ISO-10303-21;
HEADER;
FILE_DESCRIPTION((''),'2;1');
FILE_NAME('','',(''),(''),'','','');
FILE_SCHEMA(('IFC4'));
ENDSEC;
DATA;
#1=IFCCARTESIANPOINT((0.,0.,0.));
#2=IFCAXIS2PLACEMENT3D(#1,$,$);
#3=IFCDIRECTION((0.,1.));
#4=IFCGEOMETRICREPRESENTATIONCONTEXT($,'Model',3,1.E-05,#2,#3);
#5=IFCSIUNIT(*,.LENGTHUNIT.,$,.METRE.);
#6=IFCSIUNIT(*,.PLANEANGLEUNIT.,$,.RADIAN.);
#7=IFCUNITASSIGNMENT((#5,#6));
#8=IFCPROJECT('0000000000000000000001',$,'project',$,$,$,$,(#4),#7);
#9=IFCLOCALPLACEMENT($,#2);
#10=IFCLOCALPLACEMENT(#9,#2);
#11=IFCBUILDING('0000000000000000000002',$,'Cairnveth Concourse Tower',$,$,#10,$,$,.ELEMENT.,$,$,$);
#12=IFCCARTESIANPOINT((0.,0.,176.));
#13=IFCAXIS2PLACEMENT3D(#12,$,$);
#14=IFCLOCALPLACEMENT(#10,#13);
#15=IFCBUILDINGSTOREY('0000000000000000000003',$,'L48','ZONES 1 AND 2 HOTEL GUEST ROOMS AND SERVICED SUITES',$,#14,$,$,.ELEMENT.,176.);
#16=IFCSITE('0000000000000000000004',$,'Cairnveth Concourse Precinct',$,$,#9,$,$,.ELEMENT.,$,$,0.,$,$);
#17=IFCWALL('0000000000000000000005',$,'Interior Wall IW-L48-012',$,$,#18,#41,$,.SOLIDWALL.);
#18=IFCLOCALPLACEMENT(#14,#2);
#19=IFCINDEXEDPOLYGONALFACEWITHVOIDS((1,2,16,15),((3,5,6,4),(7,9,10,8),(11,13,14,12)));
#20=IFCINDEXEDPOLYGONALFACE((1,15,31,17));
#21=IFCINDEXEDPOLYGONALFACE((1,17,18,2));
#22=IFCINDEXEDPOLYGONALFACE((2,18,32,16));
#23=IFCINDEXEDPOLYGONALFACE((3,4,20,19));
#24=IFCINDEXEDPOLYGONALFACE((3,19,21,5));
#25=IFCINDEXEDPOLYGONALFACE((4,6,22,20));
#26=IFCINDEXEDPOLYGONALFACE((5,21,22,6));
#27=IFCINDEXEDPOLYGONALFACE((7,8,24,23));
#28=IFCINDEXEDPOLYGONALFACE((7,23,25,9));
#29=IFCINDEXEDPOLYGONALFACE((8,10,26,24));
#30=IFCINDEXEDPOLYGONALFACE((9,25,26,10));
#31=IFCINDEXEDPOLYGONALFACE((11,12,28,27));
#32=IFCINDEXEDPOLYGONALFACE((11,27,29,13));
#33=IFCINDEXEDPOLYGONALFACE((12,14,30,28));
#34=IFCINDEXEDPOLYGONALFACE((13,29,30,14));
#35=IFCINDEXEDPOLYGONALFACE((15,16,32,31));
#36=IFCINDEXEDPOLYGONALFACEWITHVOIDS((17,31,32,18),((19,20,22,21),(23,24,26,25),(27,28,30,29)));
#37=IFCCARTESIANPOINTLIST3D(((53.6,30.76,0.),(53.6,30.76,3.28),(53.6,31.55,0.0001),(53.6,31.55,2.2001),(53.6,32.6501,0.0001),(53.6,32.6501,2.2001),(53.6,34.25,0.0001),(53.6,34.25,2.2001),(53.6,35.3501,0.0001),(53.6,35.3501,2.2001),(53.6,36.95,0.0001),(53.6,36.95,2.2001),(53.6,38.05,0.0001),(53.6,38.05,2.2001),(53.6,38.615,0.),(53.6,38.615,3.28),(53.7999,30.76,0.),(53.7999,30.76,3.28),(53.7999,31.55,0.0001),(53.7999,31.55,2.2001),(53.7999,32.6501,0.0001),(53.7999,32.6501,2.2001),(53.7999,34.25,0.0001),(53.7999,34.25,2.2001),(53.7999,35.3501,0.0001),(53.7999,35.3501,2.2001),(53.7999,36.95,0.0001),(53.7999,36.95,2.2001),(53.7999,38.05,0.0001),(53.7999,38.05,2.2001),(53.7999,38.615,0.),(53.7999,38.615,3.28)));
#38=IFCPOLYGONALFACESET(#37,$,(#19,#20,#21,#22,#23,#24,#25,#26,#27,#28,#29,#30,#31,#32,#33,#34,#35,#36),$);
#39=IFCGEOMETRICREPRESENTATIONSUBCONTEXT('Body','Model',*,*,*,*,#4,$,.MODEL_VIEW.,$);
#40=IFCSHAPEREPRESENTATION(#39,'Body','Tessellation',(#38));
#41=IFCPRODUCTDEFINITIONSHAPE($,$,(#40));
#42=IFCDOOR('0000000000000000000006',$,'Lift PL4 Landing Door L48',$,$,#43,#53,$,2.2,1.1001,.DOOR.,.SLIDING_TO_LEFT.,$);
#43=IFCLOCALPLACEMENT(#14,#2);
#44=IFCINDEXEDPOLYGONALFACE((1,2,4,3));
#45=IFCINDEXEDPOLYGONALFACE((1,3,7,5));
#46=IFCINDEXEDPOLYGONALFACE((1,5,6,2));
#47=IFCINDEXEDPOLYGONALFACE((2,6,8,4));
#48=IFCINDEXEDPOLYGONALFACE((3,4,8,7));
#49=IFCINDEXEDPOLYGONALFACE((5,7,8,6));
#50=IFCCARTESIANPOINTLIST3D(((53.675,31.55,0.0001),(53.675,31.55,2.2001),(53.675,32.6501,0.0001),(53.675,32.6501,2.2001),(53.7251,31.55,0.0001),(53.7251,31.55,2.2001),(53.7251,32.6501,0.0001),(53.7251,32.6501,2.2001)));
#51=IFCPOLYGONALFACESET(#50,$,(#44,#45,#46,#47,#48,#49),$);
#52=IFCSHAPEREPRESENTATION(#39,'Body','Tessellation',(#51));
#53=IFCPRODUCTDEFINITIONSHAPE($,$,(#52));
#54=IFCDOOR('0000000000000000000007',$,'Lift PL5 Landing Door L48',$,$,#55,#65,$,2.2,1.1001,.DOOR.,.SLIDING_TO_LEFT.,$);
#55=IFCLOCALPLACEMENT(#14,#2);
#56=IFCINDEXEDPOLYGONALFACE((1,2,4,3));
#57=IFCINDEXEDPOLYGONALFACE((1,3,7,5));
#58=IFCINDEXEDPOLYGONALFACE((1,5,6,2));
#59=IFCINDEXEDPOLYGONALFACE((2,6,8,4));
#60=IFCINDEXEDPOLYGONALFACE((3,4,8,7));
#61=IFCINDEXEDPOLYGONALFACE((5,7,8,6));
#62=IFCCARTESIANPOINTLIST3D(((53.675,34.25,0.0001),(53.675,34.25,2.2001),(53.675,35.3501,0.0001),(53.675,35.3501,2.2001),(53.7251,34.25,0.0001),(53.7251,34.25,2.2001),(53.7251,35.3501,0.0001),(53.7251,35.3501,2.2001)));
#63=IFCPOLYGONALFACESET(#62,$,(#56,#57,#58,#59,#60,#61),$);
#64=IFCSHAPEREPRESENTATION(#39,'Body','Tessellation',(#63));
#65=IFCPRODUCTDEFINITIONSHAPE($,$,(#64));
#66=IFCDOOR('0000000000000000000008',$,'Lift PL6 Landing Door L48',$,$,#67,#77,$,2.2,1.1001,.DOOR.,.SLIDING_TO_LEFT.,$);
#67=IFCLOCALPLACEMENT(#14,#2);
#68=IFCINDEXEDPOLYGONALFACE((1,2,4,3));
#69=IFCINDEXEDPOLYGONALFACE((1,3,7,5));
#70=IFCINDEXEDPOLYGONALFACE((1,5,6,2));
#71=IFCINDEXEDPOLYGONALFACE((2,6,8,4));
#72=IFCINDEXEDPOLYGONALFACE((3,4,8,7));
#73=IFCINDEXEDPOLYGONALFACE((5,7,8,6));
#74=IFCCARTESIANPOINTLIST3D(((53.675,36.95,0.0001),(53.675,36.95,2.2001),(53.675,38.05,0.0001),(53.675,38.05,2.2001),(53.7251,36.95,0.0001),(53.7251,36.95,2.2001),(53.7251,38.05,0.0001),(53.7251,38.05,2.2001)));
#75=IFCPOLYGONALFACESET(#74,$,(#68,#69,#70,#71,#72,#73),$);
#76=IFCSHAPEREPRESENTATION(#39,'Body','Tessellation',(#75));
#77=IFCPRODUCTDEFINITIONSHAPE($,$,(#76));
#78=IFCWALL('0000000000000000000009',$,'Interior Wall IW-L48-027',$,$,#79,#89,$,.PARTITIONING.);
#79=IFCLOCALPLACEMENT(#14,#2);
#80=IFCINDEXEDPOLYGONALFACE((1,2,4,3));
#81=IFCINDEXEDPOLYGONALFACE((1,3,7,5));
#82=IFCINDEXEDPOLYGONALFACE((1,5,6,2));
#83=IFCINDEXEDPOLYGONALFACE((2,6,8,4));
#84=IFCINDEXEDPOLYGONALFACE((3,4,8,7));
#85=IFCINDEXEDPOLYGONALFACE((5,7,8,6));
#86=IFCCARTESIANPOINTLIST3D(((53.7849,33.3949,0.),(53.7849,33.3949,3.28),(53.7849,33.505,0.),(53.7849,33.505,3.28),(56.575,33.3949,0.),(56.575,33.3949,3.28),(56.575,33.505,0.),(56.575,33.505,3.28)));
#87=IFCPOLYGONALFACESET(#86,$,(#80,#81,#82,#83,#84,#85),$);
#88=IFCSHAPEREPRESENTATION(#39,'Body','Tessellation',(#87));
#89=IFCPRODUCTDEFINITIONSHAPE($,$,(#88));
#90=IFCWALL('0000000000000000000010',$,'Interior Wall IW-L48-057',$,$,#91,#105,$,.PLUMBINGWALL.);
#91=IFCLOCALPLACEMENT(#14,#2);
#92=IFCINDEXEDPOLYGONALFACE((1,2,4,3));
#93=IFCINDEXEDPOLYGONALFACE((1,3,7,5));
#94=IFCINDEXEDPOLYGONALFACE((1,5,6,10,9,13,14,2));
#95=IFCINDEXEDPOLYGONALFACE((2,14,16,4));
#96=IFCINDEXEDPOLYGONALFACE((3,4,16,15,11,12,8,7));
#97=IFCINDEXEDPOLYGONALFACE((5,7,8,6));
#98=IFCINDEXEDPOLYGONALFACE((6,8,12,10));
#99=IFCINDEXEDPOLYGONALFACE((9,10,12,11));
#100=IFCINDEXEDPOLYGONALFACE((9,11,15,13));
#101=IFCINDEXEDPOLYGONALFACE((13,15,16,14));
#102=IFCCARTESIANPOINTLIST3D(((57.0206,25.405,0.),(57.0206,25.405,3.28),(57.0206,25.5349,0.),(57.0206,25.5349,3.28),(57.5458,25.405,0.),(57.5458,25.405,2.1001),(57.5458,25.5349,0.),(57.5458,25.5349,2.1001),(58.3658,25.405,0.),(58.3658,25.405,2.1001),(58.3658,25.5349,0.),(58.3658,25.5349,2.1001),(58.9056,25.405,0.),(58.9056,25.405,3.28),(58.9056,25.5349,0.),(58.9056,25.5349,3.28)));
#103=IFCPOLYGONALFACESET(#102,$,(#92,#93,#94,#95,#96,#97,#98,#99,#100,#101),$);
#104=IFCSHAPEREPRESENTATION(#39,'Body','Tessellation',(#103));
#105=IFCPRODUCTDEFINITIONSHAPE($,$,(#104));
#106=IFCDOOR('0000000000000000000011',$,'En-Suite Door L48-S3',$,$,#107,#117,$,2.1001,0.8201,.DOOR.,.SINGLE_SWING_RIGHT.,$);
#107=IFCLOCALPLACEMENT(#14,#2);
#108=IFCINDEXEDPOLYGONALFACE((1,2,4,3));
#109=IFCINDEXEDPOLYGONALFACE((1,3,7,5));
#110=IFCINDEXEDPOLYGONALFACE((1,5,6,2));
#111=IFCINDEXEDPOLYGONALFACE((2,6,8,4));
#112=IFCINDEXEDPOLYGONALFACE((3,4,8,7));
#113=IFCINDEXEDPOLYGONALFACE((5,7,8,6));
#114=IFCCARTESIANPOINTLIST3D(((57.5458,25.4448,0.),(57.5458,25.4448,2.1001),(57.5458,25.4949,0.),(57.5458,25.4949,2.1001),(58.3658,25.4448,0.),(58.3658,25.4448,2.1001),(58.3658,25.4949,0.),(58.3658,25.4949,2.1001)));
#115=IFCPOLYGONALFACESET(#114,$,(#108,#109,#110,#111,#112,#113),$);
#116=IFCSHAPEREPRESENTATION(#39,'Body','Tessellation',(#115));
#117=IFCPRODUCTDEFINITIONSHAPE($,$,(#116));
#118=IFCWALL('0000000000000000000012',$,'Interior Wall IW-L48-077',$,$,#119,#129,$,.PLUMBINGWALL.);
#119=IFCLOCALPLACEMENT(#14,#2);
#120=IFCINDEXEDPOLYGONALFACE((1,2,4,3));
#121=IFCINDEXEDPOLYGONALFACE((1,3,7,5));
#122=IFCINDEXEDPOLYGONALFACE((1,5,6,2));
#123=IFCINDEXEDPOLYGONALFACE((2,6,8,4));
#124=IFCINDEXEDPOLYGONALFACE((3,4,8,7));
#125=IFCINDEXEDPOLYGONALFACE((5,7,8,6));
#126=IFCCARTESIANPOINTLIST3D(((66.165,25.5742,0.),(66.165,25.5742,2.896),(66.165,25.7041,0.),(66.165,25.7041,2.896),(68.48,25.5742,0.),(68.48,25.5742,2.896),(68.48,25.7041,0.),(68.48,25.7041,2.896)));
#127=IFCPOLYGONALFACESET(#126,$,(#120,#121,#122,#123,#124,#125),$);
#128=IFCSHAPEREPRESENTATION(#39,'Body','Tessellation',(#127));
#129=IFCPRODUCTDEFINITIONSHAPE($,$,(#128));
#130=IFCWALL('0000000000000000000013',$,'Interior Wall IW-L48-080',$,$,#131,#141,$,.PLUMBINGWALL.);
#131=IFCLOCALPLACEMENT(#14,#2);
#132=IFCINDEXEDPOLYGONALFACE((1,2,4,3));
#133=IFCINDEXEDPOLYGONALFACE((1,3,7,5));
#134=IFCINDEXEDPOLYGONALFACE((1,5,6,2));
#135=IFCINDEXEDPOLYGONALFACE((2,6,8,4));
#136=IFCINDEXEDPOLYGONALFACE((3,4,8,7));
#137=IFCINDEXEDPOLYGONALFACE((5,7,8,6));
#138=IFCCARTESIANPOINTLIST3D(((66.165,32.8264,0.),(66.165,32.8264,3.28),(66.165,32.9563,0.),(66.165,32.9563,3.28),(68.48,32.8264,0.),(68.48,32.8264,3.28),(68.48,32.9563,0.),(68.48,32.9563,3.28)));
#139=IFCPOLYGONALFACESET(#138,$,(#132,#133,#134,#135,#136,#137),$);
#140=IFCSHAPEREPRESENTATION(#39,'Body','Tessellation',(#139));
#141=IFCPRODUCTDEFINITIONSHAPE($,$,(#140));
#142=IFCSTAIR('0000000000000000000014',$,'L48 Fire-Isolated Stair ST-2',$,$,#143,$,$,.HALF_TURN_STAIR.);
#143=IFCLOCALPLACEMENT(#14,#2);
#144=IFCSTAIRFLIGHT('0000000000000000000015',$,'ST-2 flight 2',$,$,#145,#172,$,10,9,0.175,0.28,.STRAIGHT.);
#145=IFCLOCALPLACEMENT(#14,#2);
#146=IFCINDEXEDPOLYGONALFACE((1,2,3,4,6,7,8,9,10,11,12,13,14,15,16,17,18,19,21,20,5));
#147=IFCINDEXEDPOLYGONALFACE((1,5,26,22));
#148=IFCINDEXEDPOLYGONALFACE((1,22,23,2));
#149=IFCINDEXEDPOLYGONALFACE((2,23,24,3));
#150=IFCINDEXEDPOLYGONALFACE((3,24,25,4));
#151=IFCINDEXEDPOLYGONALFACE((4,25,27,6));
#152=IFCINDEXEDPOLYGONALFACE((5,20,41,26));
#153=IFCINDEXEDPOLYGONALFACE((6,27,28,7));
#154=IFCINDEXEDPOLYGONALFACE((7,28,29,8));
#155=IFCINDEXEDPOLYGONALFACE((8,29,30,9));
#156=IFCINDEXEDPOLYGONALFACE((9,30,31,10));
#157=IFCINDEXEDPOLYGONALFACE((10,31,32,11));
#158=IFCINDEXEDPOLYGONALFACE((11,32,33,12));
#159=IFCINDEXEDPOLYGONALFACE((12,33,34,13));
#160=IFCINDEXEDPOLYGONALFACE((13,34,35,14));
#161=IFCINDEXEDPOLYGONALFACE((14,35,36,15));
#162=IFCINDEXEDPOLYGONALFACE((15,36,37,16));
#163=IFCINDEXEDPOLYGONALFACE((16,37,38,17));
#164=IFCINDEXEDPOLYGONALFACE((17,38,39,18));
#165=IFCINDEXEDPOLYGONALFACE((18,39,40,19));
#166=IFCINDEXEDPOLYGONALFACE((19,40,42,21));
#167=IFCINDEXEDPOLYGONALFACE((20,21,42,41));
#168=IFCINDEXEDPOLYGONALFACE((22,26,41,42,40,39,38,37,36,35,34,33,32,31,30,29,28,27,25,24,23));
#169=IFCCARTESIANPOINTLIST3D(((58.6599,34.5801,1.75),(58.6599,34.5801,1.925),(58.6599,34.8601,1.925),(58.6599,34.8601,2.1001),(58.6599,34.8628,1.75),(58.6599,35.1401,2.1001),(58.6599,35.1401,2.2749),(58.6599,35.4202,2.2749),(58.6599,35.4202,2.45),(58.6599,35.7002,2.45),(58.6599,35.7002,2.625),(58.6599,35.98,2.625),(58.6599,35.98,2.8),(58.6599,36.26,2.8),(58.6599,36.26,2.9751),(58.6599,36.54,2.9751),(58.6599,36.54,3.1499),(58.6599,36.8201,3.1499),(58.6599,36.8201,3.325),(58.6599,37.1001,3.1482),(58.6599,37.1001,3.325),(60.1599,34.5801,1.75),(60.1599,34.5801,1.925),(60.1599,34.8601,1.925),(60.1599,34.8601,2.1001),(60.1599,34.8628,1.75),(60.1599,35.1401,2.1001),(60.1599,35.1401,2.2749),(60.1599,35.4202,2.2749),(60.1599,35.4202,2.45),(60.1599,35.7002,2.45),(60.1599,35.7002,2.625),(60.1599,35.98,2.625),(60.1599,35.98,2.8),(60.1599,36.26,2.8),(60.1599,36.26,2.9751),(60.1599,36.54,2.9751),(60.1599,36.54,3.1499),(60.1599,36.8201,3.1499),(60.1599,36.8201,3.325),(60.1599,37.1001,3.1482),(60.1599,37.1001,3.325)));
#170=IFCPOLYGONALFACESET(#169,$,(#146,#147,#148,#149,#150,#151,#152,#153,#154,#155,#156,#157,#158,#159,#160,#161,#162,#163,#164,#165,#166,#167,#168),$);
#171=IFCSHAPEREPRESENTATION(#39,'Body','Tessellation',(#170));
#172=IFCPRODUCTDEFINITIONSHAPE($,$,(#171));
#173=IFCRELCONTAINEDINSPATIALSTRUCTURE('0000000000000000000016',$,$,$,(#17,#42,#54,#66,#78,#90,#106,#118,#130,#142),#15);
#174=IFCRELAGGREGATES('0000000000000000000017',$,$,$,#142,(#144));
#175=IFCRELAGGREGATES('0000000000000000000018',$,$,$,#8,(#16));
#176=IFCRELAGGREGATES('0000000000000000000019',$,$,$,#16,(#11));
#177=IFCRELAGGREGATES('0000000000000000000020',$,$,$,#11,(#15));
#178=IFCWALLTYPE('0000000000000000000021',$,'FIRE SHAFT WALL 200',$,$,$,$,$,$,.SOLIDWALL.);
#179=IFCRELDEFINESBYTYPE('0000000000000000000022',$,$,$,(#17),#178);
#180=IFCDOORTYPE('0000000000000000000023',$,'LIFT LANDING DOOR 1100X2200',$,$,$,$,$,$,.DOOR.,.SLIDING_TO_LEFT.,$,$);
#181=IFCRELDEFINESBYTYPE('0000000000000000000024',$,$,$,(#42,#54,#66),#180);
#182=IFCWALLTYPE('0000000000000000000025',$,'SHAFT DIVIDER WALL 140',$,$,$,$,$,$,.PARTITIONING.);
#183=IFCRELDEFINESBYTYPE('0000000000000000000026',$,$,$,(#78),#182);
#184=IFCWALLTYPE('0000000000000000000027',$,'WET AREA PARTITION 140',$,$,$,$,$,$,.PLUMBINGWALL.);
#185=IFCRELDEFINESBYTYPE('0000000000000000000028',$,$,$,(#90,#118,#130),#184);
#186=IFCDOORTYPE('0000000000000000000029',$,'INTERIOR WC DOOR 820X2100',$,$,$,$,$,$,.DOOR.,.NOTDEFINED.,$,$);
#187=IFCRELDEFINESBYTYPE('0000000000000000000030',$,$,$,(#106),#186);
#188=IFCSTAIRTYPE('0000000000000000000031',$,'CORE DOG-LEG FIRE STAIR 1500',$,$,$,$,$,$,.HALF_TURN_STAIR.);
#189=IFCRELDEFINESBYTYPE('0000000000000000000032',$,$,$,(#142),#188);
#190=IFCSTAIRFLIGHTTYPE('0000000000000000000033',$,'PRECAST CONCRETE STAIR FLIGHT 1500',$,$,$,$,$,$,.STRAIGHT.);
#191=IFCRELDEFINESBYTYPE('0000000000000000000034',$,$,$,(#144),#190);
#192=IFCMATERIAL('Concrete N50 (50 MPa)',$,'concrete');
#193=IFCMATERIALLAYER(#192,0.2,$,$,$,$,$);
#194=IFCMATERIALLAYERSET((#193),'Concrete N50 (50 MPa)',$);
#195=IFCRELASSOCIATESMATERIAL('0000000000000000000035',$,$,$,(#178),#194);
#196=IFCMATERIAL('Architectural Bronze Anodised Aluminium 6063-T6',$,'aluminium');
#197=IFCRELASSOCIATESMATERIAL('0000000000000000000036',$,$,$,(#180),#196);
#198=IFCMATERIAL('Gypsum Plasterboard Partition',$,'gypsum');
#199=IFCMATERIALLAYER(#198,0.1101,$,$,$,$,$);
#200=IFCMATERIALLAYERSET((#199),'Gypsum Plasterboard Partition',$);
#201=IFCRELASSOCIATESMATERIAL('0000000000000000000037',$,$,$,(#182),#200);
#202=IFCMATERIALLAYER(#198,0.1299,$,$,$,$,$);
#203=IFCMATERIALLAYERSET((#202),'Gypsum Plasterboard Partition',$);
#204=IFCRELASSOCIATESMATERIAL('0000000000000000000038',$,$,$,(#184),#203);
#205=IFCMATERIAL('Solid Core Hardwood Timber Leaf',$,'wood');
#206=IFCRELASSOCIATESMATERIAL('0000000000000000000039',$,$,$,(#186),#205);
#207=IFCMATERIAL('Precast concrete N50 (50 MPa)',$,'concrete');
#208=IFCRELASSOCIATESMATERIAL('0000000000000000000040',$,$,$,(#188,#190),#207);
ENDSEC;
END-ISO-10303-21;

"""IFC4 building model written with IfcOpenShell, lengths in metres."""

from ifc_helpers import new_model, si_unit, direction, frame, frame_2d, origin, place, context, subcontext, project, spatial, polyline, rectangle, outline, extrude, material, layer, layer_set, type_object, element, fill, aggregate, save


model = new_model("IFC4")

# Units and contexts
model_context = context("Model", 3, precision=1e-05, world=origin(), true_north=direction((0.0, 1.0)))
body_context = subcontext(model_context, "Body", "Model", "MODEL_VIEW")
ifc_project = project(units=[si_unit("LENGTHUNIT", "METRE"), si_unit("PLANEANGLEUNIT", "RADIAN")], contexts=[model_context])

# Site, building, storey
site_placement = place(None, origin())
site = spatial("IfcSite", under=ifc_project, at=site_placement, Name="Cairnveth Concourse Precinct", CompositionType="ELEMENT", RefElevation=0.0)
building_placement = place(site_placement, origin())
building = spatial("IfcBuilding", under=site, at=building_placement, Name="Cairnveth Concourse Tower", CompositionType="ELEMENT")
storey_placement = place(building_placement, frame((0.0, 0.0, 176.0)))
storey = spatial("IfcBuildingStorey", under=building, at=storey_placement, Name="L48", Description="ZONES 1 AND 2 HOTEL GUEST ROOMS AND SERVICED SUITES", CompositionType="ELEMENT", Elevation=176.0)

# Shared definitions
ifc_material_1 = material(Name="Gypsum Plasterboard Partition", Category="gypsum")
ifc_material_2 = material(Name="Concrete N50 (50 MPa)", Category="concrete")

# Wall, openings, doors
ifc_layer_1 = layer(ifc_material_2, 0.2)
ifc_layer_set_1 = layer_set([ifc_layer_1], Name="Concrete N50 (50 MPa)")
wall_type_1 = type_object("IfcWallType", Name="FIRE SHAFT WALL 200", PredefinedType="SOLIDWALL", material=ifc_layer_set_1)
wall_1_placement = place(storey_placement, frame((53.7, 30.76, 0.0), z_axis=(0.0, 0.0, 1.0), x_axis=(0.0, 1.0, 0.0)))
wall_1 = element("IfcWall", 1, at=wall_1_placement, inside=storey, type_object=wall_type_1, Name="Interior Wall IW-L48-012", PredefinedType="SOLIDWALL", context=body_context, shape_type="SweptSolid", body=[
    extrude(rectangle(XDim=7.855, YDim=0.2, at=frame_2d((3.9275, 0.0))), origin(), (0.0, 0.0, 1.0), 3.28),
])
opening_1_placement = place(wall_1_placement, frame((0.79, 0.0, 0.0)))
opening_1 = element("IfcOpeningElement", 2, at=opening_1_placement, cuts=wall_1, PredefinedType="OPENING", context=body_context, shape_type="SweptSolid", body=[
    extrude(rectangle(XDim=1.1001, YDim=2.2, at=frame_2d((0.55, 1.1001))), frame((0.0, 0.1099, 0.0), z_axis=(0.0, -1.0, 0.0), x_axis=(1.0, 0.0, 0.0)), (0.0, 0.0, 1.0), 0.22),
])
opening_2_placement = place(wall_1_placement, frame((3.49, 0.0, 0.0)))
opening_2 = element("IfcOpeningElement", 3, at=opening_2_placement, cuts=wall_1, PredefinedType="OPENING", context=body_context, shape_type="SweptSolid", body=[
    extrude(rectangle(XDim=1.1001, YDim=2.2, at=frame_2d((0.55, 1.1001))), frame((0.0, 0.1099, 0.0), z_axis=(0.0, -1.0, 0.0), x_axis=(1.0, 0.0, 0.0)), (0.0, 0.0, 1.0), 0.22),
])
opening_3_placement = place(wall_1_placement, frame((6.1899, 0.0, 0.0)))
opening_3 = element("IfcOpeningElement", 4, at=opening_3_placement, cuts=wall_1, PredefinedType="OPENING", context=body_context, shape_type="SweptSolid", body=[
    extrude(rectangle(XDim=1.1001, YDim=2.2, at=frame_2d((0.55, 1.1001))), frame((0.0, 0.1099, 0.0), z_axis=(0.0, -1.0, 0.0), x_axis=(1.0, 0.0, 0.0)), (0.0, 0.0, 1.0), 0.22),
])
ifc_material_3 = material(Name="Architectural Bronze Anodised Aluminium 6063-T6", Category="aluminium")
door_type_1 = type_object("IfcDoorType", Name="LIFT LANDING DOOR 1100X2200", OperationType="SLIDING_TO_LEFT", PredefinedType="DOOR", material=ifc_material_3)
door_1_placement = place(opening_1_placement, origin())
door_1 = element("IfcDoor", 5, at=door_1_placement, inside=storey, type_object=door_type_1, Name="Lift PL4 Landing Door L48", OperationType="SLIDING_TO_LEFT", OverallHeight=2.2, OverallWidth=1.1001, PredefinedType="DOOR", context=body_context, shape_type="SweptSolid", body=[
    extrude(rectangle(XDim=1.1001, YDim=2.2, at=frame_2d((0.55, 1.1001))), frame((0.0, 0.0249, 0.0), z_axis=(0.0, -1.0, 0.0), x_axis=(1.0, 0.0, 0.0)), (0.0, 0.0, 1.0), 0.05),
])
fill(opening_1, door_1)
door_2_placement = place(opening_2_placement, origin())
door_2 = element("IfcDoor", 6, at=door_2_placement, inside=storey, type_object=door_type_1, Name="Lift PL5 Landing Door L48", OperationType="SLIDING_TO_LEFT", OverallHeight=2.2, OverallWidth=1.1001, PredefinedType="DOOR", context=body_context, shape_type="SweptSolid", body=[
    extrude(rectangle(XDim=1.1001, YDim=2.2, at=frame_2d((0.55, 1.1001))), frame((0.0, 0.0249, 0.0), z_axis=(0.0, -1.0, 0.0), x_axis=(1.0, 0.0, 0.0)), (0.0, 0.0, 1.0), 0.05),
])
fill(opening_2, door_2)
door_3_placement = place(opening_3_placement, origin())
door_3 = element("IfcDoor", 7, at=door_3_placement, inside=storey, type_object=door_type_1, Name="Lift PL6 Landing Door L48", OperationType="SLIDING_TO_LEFT", OverallHeight=2.2, OverallWidth=1.1001, PredefinedType="DOOR", context=body_context, shape_type="SweptSolid", body=[
    extrude(rectangle(XDim=1.1001, YDim=2.2, at=frame_2d((0.55, 1.1001))), frame((0.0, 0.0249, 0.0), z_axis=(0.0, -1.0, 0.0), x_axis=(1.0, 0.0, 0.0)), (0.0, 0.0, 1.0), 0.05),
])
fill(opening_3, door_3)

# Wall
ifc_layer_2 = layer(ifc_material_1, 0.1101)
ifc_layer_set_2 = layer_set([ifc_layer_2], Name="Gypsum Plasterboard Partition")
wall_type_2 = type_object("IfcWallType", Name="SHAFT DIVIDER WALL 140", PredefinedType="PARTITIONING", material=ifc_layer_set_2)
wall_2_placement = place(storey_placement, frame((53.7849, 33.45, 0.0), z_axis=(0.0, 0.0, 1.0), x_axis=(1.0, 0.0, 0.0)))
element("IfcWall", 8, at=wall_2_placement, inside=storey, type_object=wall_type_2, Name="Interior Wall IW-L48-027", PredefinedType="PARTITIONING", context=body_context, shape_type="SweptSolid", body=[
    extrude(rectangle(XDim=2.79, YDim=0.1101, at=frame_2d((1.395, 0.0))), origin(), (0.0, 0.0, 1.0), 3.28),
])

# Wall, opening, door
ifc_layer_3 = layer(ifc_material_1, 0.1299)
ifc_layer_set_3 = layer_set([ifc_layer_3], Name="Gypsum Plasterboard Partition")
wall_type_3 = type_object("IfcWallType", Name="WET AREA PARTITION 140", PredefinedType="PLUMBINGWALL", material=ifc_layer_set_3)
wall_3_placement = place(storey_placement, frame((57.0208, 25.47, 0.0), z_axis=(0.0, 0.0, 1.0), x_axis=(1.0, 0.0, 0.0)))
wall_3 = element("IfcWall", 9, at=wall_3_placement, inside=storey, type_object=wall_type_3, Name="Interior Wall IW-L48-057", PredefinedType="PLUMBINGWALL", context=body_context, shape_type="SweptSolid", body=[
    extrude(rectangle(XDim=1.885, YDim=0.1299, at=frame_2d((0.9424, 0.0))), origin(), (0.0, 0.0, 1.0), 3.28),
])
opening_4_placement = place(wall_3_placement, frame((0.5249, 0.0, 0.0)))
opening_4 = element("IfcOpeningElement", 10, at=opening_4_placement, cuts=wall_3, PredefinedType="OPENING", context=body_context, shape_type="SweptSolid", body=[
    extrude(rectangle(XDim=0.8201, YDim=2.1001, at=frame_2d((0.4102, 1.05))), frame((0.0, 0.075, 0.0), z_axis=(0.0, -1.0, 0.0), x_axis=(1.0, 0.0, 0.0)), (0.0, 0.0, 1.0), 0.1499),
])
ifc_material_4 = material(Name="Solid Core Hardwood Timber Leaf", Category="wood")
door_type_2 = type_object("IfcDoorType", Name="INTERIOR WC DOOR 820X2100", OperationType="NOTDEFINED", PredefinedType="DOOR", material=ifc_material_4)
door_4_placement = place(opening_4_placement, origin())
door_4 = element("IfcDoor", 11, at=door_4_placement, inside=storey, type_object=door_type_2, Name="En-Suite Door L48-S3", OperationType="SINGLE_SWING_RIGHT", OverallHeight=2.1001, OverallWidth=0.8201, PredefinedType="DOOR", context=body_context, shape_type="SweptSolid", body=[
    extrude(rectangle(XDim=0.8201, YDim=2.1001, at=frame_2d((0.4102, 1.05))), frame((0.0, 0.0249, 0.0), z_axis=(0.0, -1.0, 0.0), x_axis=(1.0, 0.0, 0.0)), (0.0, 0.0, 1.0), 0.05),
])
fill(opening_4, door_4)

# Walls
wall_4_placement = place(storey_placement, frame((66.165, 25.6392, 0.0), z_axis=(0.0, 0.0, 1.0), x_axis=(1.0, 0.0, 0.0)))
element("IfcWall", 12, at=wall_4_placement, inside=storey, type_object=wall_type_3, Name="Interior Wall IW-L48-077", PredefinedType="PLUMBINGWALL", context=body_context, shape_type="SweptSolid", body=[
    extrude(rectangle(XDim=2.3149, YDim=0.1299, at=frame_2d((1.1575, 0.0))), origin(), (0.0, 0.0, 1.0), 2.896),
])
wall_5_placement = place(storey_placement, frame((66.165, 32.8914, 0.0), z_axis=(0.0, 0.0, 1.0), x_axis=(1.0, 0.0, 0.0)))
element("IfcWall", 13, at=wall_5_placement, inside=storey, type_object=wall_type_3, Name="Interior Wall IW-L48-080", PredefinedType="PLUMBINGWALL", context=body_context, shape_type="SweptSolid", body=[
    extrude(rectangle(XDim=2.3149, YDim=0.1299, at=frame_2d((1.1575, 0.0))), origin(), (0.0, 0.0, 1.0), 3.28),
])

# Stair, stair flight
ifc_material_5 = material(Name="Precast concrete N50 (50 MPa)", Category="concrete")
stair_type = type_object("IfcStairType", Name="CORE DOG-LEG FIRE STAIR 1500", PredefinedType="HALF_TURN_STAIR", material=ifc_material_5)
stair_placement = place(storey_placement, origin())
stair = element("IfcStair", 14, at=stair_placement, inside=storey, type_object=stair_type, Name="L48 Fire-Isolated Stair ST-2", PredefinedType="HALF_TURN_STAIR")
stair_flight_type = type_object("IfcStairFlightType", Name="PRECAST CONCRETE STAIR FLIGHT 1500", PredefinedType="STRAIGHT", material=ifc_material_5)
stair_flight_placement = place(storey_placement, frame((59.4099, 34.5801, 1.75), z_axis=(0.0, 0.0, 1.0), x_axis=(0.0, 1.0, 0.0)))
stair_flight = element("IfcStairFlight", 15, at=stair_flight_placement, type_object=stair_flight_type, Name="ST-2 flight 2", NumberOfRisers=10, NumberOfTreads=9, PredefinedType="STRAIGHT", RiserHeight=0.175, TreadLength=0.28, context=body_context, shape_type="SweptSolid", body=[
    extrude(outline(polyline([(0.0, 0.0), (0.0, 0.175), (0.28, 0.175), (0.28, 0.3501), (0.5601, 0.3501), (0.5601, 0.5249), (0.8401, 0.5249), (0.8401, 0.7), (1.1201, 0.7), (1.1201, 0.875), (1.3999, 0.875), (1.3999, 1.05), (1.6799, 1.05), (1.6799, 1.2251), (1.96, 1.2251), (1.96, 1.3999), (2.24, 1.3999), (2.24, 1.575), (2.52, 1.575), (2.52, 1.75), (2.52, 1.3982), (0.2827, 0.0), (0.0, 0.0)])), frame((0.0, 0.75, 0.0), z_axis=(0.0, -1.0, 0.0), x_axis=(1.0, 0.0, 0.0)), (0.0, 0.0, 1.0), 1.5),
])
aggregate(stair, [stair_flight])

save(model, "model.ifc")
